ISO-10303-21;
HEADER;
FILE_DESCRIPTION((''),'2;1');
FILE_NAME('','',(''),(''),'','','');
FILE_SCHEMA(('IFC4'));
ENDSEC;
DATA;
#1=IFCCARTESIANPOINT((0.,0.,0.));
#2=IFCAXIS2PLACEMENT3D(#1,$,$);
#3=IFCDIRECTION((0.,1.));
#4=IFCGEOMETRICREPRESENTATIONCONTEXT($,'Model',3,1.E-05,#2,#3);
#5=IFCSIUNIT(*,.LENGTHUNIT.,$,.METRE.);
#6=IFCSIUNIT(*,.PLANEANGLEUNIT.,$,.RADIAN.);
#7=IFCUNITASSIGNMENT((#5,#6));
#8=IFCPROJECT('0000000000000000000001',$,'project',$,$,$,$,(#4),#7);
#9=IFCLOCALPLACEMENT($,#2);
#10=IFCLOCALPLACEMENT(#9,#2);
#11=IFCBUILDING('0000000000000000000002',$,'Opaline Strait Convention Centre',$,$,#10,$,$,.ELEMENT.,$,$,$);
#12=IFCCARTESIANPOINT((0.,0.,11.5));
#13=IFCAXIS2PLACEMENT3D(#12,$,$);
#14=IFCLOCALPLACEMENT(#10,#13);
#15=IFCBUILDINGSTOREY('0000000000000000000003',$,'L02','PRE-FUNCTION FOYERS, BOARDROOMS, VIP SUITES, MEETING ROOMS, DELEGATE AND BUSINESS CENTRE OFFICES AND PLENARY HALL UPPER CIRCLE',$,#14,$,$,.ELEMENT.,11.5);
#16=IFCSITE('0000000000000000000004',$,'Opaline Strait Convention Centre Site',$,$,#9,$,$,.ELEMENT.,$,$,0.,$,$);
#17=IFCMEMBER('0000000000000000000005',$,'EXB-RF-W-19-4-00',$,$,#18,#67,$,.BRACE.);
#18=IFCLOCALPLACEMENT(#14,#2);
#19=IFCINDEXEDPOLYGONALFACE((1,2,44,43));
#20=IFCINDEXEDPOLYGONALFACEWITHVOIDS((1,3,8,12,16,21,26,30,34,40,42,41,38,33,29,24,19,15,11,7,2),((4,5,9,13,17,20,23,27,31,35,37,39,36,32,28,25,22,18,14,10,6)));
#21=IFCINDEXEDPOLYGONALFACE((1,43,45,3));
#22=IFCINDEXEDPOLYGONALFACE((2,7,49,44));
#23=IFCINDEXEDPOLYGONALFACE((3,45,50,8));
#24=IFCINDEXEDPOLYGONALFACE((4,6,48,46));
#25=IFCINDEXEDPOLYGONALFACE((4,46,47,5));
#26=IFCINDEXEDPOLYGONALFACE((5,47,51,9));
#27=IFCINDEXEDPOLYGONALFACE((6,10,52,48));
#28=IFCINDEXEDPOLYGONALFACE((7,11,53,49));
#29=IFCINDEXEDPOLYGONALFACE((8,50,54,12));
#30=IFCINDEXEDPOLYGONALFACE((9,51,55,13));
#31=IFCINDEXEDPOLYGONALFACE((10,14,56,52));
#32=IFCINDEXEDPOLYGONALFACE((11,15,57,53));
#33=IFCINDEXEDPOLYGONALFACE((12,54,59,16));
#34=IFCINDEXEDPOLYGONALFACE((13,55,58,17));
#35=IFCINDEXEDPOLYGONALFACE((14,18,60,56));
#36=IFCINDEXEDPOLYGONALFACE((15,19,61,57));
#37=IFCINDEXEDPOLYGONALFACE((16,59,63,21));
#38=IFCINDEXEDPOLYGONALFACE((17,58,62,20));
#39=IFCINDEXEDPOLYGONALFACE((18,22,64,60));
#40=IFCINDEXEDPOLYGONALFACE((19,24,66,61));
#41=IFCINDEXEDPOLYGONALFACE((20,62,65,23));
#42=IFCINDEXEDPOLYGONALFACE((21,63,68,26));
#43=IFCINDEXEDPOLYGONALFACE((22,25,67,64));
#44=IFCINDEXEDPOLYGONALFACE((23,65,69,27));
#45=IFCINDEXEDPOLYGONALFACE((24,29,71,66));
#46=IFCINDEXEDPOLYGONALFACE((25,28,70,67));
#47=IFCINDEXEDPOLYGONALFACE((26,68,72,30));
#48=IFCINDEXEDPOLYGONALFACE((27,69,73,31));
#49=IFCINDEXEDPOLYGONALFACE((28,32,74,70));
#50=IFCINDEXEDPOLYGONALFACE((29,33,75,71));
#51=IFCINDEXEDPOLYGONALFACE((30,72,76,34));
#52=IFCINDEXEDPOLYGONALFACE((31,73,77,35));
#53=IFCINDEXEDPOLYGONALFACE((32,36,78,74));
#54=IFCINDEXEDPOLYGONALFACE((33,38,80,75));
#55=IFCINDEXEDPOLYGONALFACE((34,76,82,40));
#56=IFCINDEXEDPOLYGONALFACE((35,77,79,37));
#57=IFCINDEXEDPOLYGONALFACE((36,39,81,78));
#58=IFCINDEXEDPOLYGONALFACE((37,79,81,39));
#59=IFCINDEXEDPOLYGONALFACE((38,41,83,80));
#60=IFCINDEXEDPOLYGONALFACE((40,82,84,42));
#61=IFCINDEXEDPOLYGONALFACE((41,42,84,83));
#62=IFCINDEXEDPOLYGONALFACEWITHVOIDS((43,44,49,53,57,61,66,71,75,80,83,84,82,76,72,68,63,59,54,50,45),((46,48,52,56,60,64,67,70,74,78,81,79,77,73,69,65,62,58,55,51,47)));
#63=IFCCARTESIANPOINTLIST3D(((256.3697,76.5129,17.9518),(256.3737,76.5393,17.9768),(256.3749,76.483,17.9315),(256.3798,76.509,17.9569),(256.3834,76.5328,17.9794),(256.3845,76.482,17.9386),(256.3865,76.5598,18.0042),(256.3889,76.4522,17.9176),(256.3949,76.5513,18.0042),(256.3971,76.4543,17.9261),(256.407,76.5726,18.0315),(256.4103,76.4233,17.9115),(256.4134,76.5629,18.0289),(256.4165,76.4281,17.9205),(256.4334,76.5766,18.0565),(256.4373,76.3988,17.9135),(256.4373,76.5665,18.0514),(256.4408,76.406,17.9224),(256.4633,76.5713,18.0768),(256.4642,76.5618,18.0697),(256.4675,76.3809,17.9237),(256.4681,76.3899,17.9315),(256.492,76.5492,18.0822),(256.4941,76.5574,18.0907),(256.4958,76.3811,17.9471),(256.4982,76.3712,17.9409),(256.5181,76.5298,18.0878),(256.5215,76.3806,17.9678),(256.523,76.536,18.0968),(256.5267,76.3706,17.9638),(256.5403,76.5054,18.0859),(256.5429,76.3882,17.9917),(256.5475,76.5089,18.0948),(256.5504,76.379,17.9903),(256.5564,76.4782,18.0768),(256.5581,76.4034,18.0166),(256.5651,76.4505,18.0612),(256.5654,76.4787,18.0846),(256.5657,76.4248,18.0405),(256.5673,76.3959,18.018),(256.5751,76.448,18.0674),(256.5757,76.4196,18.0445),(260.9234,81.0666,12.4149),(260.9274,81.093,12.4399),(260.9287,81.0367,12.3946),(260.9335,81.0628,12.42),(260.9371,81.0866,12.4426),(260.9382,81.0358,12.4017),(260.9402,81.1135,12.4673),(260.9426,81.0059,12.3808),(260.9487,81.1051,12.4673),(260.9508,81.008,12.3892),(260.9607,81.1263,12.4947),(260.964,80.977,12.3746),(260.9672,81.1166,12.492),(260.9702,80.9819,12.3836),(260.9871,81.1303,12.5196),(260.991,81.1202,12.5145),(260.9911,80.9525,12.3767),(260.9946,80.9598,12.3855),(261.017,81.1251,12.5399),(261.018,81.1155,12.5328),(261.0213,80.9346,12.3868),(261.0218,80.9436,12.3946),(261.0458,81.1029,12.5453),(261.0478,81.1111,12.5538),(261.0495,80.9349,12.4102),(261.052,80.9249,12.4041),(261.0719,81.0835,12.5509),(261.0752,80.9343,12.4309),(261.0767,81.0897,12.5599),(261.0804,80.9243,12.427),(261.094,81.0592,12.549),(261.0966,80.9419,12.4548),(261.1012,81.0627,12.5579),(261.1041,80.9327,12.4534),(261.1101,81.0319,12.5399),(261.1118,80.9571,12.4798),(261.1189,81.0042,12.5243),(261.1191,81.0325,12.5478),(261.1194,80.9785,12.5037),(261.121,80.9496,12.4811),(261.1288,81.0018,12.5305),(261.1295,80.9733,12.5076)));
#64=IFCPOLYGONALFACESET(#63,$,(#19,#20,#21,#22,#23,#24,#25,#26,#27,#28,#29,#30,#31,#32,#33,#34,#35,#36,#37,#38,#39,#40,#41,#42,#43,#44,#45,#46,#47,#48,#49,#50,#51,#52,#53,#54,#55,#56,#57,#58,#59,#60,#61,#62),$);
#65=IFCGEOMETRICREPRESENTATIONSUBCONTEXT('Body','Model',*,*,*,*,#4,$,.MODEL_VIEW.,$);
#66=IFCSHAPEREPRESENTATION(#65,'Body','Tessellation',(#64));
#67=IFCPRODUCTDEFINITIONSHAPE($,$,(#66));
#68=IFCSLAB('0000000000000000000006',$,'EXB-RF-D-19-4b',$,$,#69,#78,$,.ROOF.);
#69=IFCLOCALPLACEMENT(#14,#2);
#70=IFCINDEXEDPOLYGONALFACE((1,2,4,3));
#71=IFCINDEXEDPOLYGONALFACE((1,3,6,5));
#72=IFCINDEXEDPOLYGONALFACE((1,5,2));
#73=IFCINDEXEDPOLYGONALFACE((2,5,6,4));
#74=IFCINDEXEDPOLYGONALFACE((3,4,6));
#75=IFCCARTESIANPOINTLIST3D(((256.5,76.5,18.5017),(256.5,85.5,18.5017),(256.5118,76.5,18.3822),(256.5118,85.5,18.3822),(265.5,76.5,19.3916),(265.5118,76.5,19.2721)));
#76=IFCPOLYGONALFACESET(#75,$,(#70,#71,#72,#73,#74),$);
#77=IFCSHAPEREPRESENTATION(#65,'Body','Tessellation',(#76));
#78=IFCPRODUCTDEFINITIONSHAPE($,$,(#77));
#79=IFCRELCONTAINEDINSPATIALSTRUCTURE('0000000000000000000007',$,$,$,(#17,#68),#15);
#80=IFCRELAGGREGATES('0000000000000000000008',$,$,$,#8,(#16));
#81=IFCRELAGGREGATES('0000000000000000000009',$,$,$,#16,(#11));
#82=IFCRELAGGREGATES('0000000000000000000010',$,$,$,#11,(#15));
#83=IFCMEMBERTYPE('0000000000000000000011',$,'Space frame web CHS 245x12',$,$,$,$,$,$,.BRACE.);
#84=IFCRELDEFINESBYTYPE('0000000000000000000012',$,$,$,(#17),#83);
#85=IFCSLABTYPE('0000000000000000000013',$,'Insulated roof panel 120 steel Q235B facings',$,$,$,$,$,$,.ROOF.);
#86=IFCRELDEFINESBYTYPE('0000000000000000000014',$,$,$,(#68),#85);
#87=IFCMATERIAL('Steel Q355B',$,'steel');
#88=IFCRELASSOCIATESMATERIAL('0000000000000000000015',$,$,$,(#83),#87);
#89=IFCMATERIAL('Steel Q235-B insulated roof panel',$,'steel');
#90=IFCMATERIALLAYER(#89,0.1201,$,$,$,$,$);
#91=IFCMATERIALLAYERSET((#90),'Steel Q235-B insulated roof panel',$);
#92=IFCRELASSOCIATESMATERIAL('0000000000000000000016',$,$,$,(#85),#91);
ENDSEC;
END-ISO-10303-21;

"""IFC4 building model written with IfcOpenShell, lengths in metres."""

from ifc_helpers import new_model, si_unit, direction, frame, origin, origin_2d, place, context, subcontext, project, spatial, polyline, hollow_circle, outline, extrude, material, layer, layer_set, material_profile, profile_set, type_object, element, save


model = new_model("IFC4")

# Units and contexts
model_context = context("Model", 3, precision=1e-05, world=origin(), true_north=direction((0.0, 1.0)))
body_context = subcontext(model_context, "Body", "Model", "MODEL_VIEW")
ifc_project = project(units=[si_unit("LENGTHUNIT", "METRE"), si_unit("PLANEANGLEUNIT", "RADIAN")], contexts=[model_context])

# Site, building, storey
site_placement = place(None, origin())
site = spatial("IfcSite", under=ifc_project, at=site_placement, Name="Opaline Strait Convention Centre Site", CompositionType="ELEMENT", RefElevation=0.0)
building_placement = place(site_placement, origin())
building = spatial("IfcBuilding", under=site, at=building_placement, Name="Opaline Strait Convention Centre", CompositionType="ELEMENT")
storey_placement = place(building_placement, frame((0.0, 0.0, 11.5)))
storey = spatial("IfcBuildingStorey", under=building, at=storey_placement, Name="L02", Description="PRE-FUNCTION FOYERS, BOARDROOMS, VIP SUITES, MEETING ROOMS, DELEGATE AND BUSINESS CENTRE OFFICES AND PLENARY HALL UPPER CIRCLE", CompositionType="ELEMENT", Elevation=11.5)

# Member
ifc_material_1 = material(Name="Steel Q355B", Category="steel")
ifc_material_profile_1 = material_profile(ifc_material_1, hollow_circle(Radius=0.1226, WallThickness=0.012, at=origin_2d()), Name="CHS 245x12")
ifc_profile_set_1 = profile_set([ifc_material_profile_1], Name="Steel Q355B")
member_type_1 = type_object("IfcMemberType", Name="Space frame web CHS 245x12", PredefinedType="BRACE", material=ifc_profile_set_1)
for number, where, z_axis, x_axis, name in (
    (1, (256.4731, 76.4731, 18.0042), (0.536178, 0.536178, -0.65194), (-0.707107, 0.707107, 0.0), "EXB-RF-W-19-4-00"),
):
    element("IfcMember", number, at=place(storey_placement, frame(where, z_axis=z_axis, x_axis=x_axis)), inside=storey, type_object=member_type_1, Name=name, PredefinedType="BRACE", context=body_context, shape_type="SweptSolid", body=[
        extrude(hollow_circle(Radius=0.1226, WallThickness=0.012, at=origin_2d()), origin(), (0.0, 0.0, 1.0), 8.4929),
    ])

# Slab
ifc_material_2 = material(Name="Steel Q235-B insulated roof panel", Category="steel")
ifc_layer = layer(ifc_material_2, 0.1201)
ifc_layer_set = layer_set([ifc_layer], Name="Steel Q235-B insulated roof panel")
slab_type = type_object("IfcSlabType", Name="Insulated roof panel 120 steel Q235B facings", PredefinedType="ROOF", material=ifc_layer_set)
slab_placement = place(storey_placement, frame((256.5, 76.5, 18.5017), z_axis=(-0.098397, 0.0, 0.995147), x_axis=(0.995147, 0.0, 0.098397)))
element("IfcSlab", 2, at=slab_placement, inside=storey, type_object=slab_type, Name="EXB-RF-D-19-4b", PredefinedType="ROOF", context=body_context, shape_type="SweptSolid", body=[
    extrude(outline(polyline([(0.0, 0.0), (9.0439, 0.0), (0.0, 9.0), (0.0, 0.0)])), origin(), (0.0, 0.0, -1.0), 0.1201),
])

save(model, "model.ifc")
